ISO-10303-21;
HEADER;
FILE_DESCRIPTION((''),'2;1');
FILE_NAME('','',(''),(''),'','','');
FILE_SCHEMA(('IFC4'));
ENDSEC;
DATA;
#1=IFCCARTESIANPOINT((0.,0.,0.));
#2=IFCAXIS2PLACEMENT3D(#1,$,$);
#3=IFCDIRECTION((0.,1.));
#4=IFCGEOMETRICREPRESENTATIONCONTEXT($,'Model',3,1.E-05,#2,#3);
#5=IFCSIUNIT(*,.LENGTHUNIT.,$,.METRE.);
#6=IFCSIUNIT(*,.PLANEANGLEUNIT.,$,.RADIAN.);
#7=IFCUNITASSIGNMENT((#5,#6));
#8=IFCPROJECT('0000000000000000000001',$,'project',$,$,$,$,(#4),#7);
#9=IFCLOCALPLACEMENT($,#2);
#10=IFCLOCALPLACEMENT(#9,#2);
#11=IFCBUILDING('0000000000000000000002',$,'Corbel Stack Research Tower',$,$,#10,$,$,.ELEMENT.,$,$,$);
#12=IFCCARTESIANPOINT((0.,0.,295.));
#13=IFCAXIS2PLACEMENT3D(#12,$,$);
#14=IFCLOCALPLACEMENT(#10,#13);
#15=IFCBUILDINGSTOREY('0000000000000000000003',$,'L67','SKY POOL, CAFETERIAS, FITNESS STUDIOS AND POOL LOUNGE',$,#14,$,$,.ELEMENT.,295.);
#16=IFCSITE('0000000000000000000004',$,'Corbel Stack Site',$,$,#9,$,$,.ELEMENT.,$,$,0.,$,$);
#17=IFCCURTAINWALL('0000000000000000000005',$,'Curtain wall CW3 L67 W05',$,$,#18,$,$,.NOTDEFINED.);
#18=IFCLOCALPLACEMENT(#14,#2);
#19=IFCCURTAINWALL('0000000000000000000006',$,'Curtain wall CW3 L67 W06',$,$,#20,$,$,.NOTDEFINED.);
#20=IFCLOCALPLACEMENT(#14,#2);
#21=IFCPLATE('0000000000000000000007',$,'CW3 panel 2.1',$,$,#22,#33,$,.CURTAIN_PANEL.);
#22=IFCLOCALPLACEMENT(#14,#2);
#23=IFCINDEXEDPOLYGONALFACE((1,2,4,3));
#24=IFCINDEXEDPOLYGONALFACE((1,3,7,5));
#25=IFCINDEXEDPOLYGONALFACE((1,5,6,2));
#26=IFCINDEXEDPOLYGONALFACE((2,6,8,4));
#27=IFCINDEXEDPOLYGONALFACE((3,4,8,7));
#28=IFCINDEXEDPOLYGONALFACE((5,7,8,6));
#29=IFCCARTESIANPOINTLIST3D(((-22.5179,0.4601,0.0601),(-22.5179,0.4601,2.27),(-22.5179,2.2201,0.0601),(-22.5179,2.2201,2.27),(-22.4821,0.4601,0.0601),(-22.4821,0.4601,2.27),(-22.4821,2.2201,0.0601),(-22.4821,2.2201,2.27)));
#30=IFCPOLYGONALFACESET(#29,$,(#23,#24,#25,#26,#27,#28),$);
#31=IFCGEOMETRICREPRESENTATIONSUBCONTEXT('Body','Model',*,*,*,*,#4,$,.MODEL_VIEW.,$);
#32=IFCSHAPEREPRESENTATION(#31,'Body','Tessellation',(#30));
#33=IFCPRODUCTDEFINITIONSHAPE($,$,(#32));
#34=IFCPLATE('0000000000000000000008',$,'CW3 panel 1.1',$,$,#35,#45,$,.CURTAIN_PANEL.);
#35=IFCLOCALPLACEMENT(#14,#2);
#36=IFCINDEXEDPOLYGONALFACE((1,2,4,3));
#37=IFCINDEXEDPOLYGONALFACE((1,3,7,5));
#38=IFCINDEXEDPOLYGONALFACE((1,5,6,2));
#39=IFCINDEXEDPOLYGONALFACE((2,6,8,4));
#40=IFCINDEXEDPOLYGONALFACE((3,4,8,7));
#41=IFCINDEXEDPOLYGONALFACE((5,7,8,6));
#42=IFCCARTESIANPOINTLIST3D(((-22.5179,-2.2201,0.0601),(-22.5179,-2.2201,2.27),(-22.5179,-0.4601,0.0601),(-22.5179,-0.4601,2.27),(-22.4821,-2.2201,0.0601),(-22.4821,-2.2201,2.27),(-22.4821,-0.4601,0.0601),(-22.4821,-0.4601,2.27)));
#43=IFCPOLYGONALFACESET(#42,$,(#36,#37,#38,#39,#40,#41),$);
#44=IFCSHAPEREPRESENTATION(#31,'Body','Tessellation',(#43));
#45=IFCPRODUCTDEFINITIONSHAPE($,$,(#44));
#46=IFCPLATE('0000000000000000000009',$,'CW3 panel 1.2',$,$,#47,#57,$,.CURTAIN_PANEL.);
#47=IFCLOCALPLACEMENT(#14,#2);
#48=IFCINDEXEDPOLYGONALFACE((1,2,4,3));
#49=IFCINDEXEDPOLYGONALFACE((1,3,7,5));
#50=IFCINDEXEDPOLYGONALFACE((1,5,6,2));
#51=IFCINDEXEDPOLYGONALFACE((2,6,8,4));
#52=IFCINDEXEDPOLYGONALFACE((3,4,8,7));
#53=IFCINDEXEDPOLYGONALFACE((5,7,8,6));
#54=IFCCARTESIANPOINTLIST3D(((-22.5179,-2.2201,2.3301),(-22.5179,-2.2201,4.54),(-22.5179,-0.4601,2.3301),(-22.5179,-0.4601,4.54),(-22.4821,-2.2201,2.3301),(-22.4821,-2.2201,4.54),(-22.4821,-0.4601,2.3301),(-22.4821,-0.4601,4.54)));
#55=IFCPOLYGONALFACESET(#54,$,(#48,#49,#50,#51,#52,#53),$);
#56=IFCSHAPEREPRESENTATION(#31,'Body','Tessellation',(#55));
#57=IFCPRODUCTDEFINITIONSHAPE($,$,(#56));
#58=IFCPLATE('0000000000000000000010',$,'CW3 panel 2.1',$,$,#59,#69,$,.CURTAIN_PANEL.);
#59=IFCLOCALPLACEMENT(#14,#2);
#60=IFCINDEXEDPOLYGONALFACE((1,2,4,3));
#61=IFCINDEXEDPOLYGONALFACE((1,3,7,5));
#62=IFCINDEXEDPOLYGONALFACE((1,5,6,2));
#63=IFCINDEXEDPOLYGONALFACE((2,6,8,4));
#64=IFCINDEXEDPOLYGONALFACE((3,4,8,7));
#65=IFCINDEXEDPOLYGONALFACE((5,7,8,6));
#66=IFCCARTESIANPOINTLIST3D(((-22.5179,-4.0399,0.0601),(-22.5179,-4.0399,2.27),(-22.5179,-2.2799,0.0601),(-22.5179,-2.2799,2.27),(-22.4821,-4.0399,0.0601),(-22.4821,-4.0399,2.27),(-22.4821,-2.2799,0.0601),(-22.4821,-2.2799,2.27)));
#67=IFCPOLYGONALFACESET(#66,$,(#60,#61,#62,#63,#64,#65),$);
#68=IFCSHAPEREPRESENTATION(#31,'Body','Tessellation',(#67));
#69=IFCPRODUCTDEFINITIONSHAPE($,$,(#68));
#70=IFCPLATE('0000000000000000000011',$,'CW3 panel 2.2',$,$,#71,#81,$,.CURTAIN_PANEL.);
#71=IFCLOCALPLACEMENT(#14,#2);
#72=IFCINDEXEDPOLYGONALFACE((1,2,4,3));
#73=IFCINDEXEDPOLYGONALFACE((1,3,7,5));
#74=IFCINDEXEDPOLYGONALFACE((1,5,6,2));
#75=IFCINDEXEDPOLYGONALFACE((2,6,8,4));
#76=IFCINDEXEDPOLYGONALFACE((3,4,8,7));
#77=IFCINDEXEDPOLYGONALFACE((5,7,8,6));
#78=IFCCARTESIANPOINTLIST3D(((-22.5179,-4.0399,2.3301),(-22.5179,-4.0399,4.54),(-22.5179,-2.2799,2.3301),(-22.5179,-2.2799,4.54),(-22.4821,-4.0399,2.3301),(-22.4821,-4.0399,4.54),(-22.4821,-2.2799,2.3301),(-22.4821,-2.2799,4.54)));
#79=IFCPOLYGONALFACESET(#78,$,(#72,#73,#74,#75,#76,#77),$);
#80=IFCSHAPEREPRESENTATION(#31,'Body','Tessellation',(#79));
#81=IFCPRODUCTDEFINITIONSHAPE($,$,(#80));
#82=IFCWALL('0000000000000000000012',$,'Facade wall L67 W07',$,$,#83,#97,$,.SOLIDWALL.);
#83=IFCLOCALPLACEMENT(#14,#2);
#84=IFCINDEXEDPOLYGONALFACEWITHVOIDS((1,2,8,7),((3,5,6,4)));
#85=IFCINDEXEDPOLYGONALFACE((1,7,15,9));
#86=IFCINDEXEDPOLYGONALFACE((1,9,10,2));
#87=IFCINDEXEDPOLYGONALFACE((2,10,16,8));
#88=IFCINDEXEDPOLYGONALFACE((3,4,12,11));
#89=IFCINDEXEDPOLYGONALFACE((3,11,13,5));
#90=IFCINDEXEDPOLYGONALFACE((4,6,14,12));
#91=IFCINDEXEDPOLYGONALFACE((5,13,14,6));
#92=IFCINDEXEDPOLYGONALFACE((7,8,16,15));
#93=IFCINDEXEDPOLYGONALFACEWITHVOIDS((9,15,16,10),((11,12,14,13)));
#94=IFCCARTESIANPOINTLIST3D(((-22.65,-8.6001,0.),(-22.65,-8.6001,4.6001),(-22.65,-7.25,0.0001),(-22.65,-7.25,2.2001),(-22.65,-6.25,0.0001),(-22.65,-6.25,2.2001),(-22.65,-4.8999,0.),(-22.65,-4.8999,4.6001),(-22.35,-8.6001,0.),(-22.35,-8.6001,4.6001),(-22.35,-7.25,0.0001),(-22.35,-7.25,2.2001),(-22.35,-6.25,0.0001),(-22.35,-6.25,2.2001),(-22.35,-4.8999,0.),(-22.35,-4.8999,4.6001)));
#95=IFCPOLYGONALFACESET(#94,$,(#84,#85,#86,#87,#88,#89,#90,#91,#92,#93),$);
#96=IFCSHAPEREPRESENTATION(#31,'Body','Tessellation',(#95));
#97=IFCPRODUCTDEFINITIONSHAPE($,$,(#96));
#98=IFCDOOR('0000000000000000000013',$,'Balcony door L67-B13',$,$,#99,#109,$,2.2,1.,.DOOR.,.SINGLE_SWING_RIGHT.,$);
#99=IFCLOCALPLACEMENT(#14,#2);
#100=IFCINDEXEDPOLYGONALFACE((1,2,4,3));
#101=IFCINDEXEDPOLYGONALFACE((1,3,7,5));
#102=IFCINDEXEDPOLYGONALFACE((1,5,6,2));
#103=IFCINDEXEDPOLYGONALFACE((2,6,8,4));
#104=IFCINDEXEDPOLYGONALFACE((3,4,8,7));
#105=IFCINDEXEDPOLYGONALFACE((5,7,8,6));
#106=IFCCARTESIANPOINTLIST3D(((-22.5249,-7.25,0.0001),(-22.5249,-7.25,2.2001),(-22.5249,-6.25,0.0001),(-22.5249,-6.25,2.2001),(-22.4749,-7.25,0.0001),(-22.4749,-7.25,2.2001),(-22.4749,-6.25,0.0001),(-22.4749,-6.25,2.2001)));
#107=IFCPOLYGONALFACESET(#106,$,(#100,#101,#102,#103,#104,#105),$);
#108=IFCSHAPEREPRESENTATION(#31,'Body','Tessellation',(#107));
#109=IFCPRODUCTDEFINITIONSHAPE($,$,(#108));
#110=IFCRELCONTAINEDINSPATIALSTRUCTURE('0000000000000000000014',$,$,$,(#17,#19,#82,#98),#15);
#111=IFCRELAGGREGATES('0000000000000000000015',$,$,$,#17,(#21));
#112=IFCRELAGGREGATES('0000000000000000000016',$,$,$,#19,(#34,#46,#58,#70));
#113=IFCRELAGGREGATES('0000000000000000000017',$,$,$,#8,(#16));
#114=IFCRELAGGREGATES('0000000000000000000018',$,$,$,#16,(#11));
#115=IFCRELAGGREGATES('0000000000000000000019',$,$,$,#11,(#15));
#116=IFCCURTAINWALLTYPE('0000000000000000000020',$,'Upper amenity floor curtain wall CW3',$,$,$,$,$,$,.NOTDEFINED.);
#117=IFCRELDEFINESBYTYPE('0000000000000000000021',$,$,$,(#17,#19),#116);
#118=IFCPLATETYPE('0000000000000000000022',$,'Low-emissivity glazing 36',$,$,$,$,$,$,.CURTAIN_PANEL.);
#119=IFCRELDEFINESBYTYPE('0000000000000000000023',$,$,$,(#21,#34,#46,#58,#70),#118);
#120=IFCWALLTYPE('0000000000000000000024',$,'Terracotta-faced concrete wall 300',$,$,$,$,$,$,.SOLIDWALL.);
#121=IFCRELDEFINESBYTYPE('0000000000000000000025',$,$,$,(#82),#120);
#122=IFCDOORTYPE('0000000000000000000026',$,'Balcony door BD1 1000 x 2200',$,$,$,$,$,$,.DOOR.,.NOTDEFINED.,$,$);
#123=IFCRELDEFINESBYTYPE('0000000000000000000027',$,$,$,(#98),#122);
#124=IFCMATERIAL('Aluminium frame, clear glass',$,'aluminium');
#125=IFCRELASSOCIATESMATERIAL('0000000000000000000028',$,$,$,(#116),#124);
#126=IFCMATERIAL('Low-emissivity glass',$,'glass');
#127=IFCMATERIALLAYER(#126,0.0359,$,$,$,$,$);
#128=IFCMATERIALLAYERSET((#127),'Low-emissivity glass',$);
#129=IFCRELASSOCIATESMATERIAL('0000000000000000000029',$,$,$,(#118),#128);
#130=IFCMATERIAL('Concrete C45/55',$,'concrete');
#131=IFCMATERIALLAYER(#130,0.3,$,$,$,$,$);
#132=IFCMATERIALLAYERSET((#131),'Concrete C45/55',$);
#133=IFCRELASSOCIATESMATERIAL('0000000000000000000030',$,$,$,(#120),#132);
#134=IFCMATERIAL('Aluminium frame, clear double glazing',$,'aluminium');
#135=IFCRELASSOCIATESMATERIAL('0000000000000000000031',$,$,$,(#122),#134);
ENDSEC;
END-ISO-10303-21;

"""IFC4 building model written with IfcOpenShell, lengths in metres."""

from ifc_helpers import new_model, si_unit, direction, frame, frame_2d, origin, origin_2d, place, context, subcontext, project, spatial, rectangle, extrude, material, layer, layer_set, type_object, element, fill, aggregate, save


model = new_model("IFC4")

# Units and contexts
model_context = context("Model", 3, precision=1e-05, world=origin(), true_north=direction((0.0, 1.0)))
body_context = subcontext(model_context, "Body", "Model", "MODEL_VIEW")
ifc_project = project(units=[si_unit("LENGTHUNIT", "METRE"), si_unit("PLANEANGLEUNIT", "RADIAN")], contexts=[model_context])

# Site, building, storey
site_placement = place(None, origin())
site = spatial("IfcSite", under=ifc_project, at=site_placement, Name="Corbel Stack Site", CompositionType="ELEMENT", RefElevation=0.0)
building_placement = place(site_placement, origin())
building = spatial("IfcBuilding", under=site, at=building_placement, Name="Corbel Stack Research Tower", CompositionType="ELEMENT")
storey_placement = place(building_placement, frame((0.0, 0.0, 295.0)))
storey = spatial("IfcBuildingStorey", under=building, at=storey_placement, Name="L67", Description="SKY POOL, CAFETERIAS, FITNESS STUDIOS AND POOL LOUNGE", CompositionType="ELEMENT", Elevation=295.0)

# Curtain wall
ifc_material_1 = material(Name="Aluminium frame, clear glass", Category="aluminium")
curtain_wall_type = type_object("IfcCurtainWallType", Name="Upper amenity floor curtain wall CW3", PredefinedType="NOTDEFINED", material=ifc_material_1)
curtain_wall_1_placement = place(storey_placement, origin())
curtain_wall_1 = element("IfcCurtainWall", 1, at=curtain_wall_1_placement, inside=storey, type_object=curtain_wall_type, Name="Curtain wall CW3 L67 W05", PredefinedType="NOTDEFINED")

# Curtain wall
curtain_wall_2_placement = place(storey_placement, origin())
curtain_wall_2 = element("IfcCurtainWall", 2, at=curtain_wall_2_placement, inside=storey, type_object=curtain_wall_type, Name="Curtain wall CW3 L67 W06", PredefinedType="NOTDEFINED")

# Plates
ifc_material_2 = material(Name="Low-emissivity glass", Category="glass")
ifc_layer_1 = layer(ifc_material_2, 0.0359)
ifc_layer_set_1 = layer_set([ifc_layer_1], Name="Low-emissivity glass")
plate_type = type_object("IfcPlateType", Name="Low-emissivity glazing 36", PredefinedType="CURTAIN_PANEL", material=ifc_layer_set_1)
plate_1_placement = place(storey_placement, frame((-22.5, 1.3401, 0.0601), z_axis=(0.0, 0.0, 1.0), x_axis=(0.0, -1.0, 0.0)))
plate_1 = element("IfcPlate", 3, at=plate_1_placement, type_object=plate_type, Name="CW3 panel 2.1", PredefinedType="CURTAIN_PANEL", context=body_context, shape_type="SweptSolid", body=[
    extrude(rectangle(XDim=1.76, YDim=0.0359, at=origin_2d()), origin(), (0.0, 0.0, 1.0), 2.21),
])
aggregate(curtain_wall_1, [plate_1])
plate_2_placement = place(storey_placement, frame((-22.5, -1.3401, 0.0601), z_axis=(0.0, 0.0, 1.0), x_axis=(0.0, -1.0, 0.0)))
plate_2 = element("IfcPlate", 4, at=plate_2_placement, type_object=plate_type, Name="CW3 panel 1.1", PredefinedType="CURTAIN_PANEL", context=body_context, shape_type="SweptSolid", body=[
    extrude(rectangle(XDim=1.76, YDim=0.0359, at=origin_2d()), origin(), (0.0, 0.0, 1.0), 2.21),
])
plate_3_placement = place(storey_placement, frame((-22.5, -1.3401, 2.3301), z_axis=(0.0, 0.0, 1.0), x_axis=(0.0, -1.0, 0.0)))
plate_3 = element("IfcPlate", 5, at=plate_3_placement, type_object=plate_type, Name="CW3 panel 1.2", PredefinedType="CURTAIN_PANEL", context=body_context, shape_type="SweptSolid", body=[
    extrude(rectangle(XDim=1.76, YDim=0.0359, at=origin_2d()), origin(), (0.0, 0.0, 1.0), 2.21),
])
plate_4_placement = place(storey_placement, frame((-22.5, -3.1599, 0.0601), z_axis=(0.0, 0.0, 1.0), x_axis=(0.0, -1.0, 0.0)))
plate_4 = element("IfcPlate", 6, at=plate_4_placement, type_object=plate_type, Name="CW3 panel 2.1", PredefinedType="CURTAIN_PANEL", context=body_context, shape_type="SweptSolid", body=[
    extrude(rectangle(XDim=1.76, YDim=0.0359, at=origin_2d()), origin(), (0.0, 0.0, 1.0), 2.21),
])
plate_5_placement = place(storey_placement, frame((-22.5, -3.1599, 2.3301), z_axis=(0.0, 0.0, 1.0), x_axis=(0.0, -1.0, 0.0)))
plate_5 = element("IfcPlate", 7, at=plate_5_placement, type_object=plate_type, Name="CW3 panel 2.2", PredefinedType="CURTAIN_PANEL", context=body_context, shape_type="SweptSolid", body=[
    extrude(rectangle(XDim=1.76, YDim=0.0359, at=origin_2d()), origin(), (0.0, 0.0, 1.0), 2.21),
])
aggregate(curtain_wall_2, [plate_2, plate_3, plate_4, plate_5])

# Wall, opening, door
ifc_material_3 = material(Name="Concrete C45/55", Category="concrete")
ifc_layer_2 = layer(ifc_material_3, 0.3)
ifc_layer_set_2 = layer_set([ifc_layer_2], Name="Concrete C45/55")
wall_type = type_object("IfcWallType", Name="Terracotta-faced concrete wall 300", PredefinedType="SOLIDWALL", material=ifc_layer_set_2)
wall_placement = place(storey_placement, frame((-22.5, -8.6001, 0.0), z_axis=(0.0, 0.0, 1.0), x_axis=(0.0, 1.0, 0.0)))
wall = element("IfcWall", 8, at=wall_placement, inside=storey, type_object=wall_type, Name="Facade wall L67 W07", PredefinedType="SOLIDWALL", context=body_context, shape_type="SweptSolid", body=[
    extrude(rectangle(XDim=3.7002, YDim=0.3, at=frame_2d((1.8501, 0.0))), origin(), (0.0, 0.0, 1.0), 4.6001),
])
opening_placement = place(wall_placement, frame((1.3501, 0.0, 0.0)))
opening = element("IfcOpeningElement", 9, at=opening_placement, cuts=wall, PredefinedType="OPENING", context=body_context, shape_type="SweptSolid", body=[
    extrude(rectangle(XDim=1.0, YDim=2.2, at=frame_2d((0.5, 1.1001))), frame((0.0, 0.1599, 0.0), z_axis=(0.0, -1.0, 0.0), x_axis=(1.0, 0.0, 0.0)), (0.0, 0.0, 1.0), 0.3201),
])
ifc_material_4 = material(Name="Aluminium frame, clear double glazing", Category="aluminium")
door_type = type_object("IfcDoorType", Name="Balcony door BD1 1000 x 2200", OperationType="NOTDEFINED", PredefinedType="DOOR", material=ifc_material_4)
door_placement = place(opening_placement, origin())
door = element("IfcDoor", 10, at=door_placement, inside=storey, type_object=door_type, Name="Balcony door L67-B13", OperationType="SINGLE_SWING_RIGHT", OverallHeight=2.2, OverallWidth=1.0, PredefinedType="DOOR", context=body_context, shape_type="SweptSolid", body=[
    extrude(rectangle(XDim=1.0, YDim=2.2, at=frame_2d((0.5, 1.1001))), frame((0.0, 0.0249, 0.0), z_axis=(0.0, -1.0, 0.0), x_axis=(1.0, 0.0, 0.0)), (0.0, 0.0, 1.0), 0.05),
])
fill(opening, door)

save(model, "model.ifc")
